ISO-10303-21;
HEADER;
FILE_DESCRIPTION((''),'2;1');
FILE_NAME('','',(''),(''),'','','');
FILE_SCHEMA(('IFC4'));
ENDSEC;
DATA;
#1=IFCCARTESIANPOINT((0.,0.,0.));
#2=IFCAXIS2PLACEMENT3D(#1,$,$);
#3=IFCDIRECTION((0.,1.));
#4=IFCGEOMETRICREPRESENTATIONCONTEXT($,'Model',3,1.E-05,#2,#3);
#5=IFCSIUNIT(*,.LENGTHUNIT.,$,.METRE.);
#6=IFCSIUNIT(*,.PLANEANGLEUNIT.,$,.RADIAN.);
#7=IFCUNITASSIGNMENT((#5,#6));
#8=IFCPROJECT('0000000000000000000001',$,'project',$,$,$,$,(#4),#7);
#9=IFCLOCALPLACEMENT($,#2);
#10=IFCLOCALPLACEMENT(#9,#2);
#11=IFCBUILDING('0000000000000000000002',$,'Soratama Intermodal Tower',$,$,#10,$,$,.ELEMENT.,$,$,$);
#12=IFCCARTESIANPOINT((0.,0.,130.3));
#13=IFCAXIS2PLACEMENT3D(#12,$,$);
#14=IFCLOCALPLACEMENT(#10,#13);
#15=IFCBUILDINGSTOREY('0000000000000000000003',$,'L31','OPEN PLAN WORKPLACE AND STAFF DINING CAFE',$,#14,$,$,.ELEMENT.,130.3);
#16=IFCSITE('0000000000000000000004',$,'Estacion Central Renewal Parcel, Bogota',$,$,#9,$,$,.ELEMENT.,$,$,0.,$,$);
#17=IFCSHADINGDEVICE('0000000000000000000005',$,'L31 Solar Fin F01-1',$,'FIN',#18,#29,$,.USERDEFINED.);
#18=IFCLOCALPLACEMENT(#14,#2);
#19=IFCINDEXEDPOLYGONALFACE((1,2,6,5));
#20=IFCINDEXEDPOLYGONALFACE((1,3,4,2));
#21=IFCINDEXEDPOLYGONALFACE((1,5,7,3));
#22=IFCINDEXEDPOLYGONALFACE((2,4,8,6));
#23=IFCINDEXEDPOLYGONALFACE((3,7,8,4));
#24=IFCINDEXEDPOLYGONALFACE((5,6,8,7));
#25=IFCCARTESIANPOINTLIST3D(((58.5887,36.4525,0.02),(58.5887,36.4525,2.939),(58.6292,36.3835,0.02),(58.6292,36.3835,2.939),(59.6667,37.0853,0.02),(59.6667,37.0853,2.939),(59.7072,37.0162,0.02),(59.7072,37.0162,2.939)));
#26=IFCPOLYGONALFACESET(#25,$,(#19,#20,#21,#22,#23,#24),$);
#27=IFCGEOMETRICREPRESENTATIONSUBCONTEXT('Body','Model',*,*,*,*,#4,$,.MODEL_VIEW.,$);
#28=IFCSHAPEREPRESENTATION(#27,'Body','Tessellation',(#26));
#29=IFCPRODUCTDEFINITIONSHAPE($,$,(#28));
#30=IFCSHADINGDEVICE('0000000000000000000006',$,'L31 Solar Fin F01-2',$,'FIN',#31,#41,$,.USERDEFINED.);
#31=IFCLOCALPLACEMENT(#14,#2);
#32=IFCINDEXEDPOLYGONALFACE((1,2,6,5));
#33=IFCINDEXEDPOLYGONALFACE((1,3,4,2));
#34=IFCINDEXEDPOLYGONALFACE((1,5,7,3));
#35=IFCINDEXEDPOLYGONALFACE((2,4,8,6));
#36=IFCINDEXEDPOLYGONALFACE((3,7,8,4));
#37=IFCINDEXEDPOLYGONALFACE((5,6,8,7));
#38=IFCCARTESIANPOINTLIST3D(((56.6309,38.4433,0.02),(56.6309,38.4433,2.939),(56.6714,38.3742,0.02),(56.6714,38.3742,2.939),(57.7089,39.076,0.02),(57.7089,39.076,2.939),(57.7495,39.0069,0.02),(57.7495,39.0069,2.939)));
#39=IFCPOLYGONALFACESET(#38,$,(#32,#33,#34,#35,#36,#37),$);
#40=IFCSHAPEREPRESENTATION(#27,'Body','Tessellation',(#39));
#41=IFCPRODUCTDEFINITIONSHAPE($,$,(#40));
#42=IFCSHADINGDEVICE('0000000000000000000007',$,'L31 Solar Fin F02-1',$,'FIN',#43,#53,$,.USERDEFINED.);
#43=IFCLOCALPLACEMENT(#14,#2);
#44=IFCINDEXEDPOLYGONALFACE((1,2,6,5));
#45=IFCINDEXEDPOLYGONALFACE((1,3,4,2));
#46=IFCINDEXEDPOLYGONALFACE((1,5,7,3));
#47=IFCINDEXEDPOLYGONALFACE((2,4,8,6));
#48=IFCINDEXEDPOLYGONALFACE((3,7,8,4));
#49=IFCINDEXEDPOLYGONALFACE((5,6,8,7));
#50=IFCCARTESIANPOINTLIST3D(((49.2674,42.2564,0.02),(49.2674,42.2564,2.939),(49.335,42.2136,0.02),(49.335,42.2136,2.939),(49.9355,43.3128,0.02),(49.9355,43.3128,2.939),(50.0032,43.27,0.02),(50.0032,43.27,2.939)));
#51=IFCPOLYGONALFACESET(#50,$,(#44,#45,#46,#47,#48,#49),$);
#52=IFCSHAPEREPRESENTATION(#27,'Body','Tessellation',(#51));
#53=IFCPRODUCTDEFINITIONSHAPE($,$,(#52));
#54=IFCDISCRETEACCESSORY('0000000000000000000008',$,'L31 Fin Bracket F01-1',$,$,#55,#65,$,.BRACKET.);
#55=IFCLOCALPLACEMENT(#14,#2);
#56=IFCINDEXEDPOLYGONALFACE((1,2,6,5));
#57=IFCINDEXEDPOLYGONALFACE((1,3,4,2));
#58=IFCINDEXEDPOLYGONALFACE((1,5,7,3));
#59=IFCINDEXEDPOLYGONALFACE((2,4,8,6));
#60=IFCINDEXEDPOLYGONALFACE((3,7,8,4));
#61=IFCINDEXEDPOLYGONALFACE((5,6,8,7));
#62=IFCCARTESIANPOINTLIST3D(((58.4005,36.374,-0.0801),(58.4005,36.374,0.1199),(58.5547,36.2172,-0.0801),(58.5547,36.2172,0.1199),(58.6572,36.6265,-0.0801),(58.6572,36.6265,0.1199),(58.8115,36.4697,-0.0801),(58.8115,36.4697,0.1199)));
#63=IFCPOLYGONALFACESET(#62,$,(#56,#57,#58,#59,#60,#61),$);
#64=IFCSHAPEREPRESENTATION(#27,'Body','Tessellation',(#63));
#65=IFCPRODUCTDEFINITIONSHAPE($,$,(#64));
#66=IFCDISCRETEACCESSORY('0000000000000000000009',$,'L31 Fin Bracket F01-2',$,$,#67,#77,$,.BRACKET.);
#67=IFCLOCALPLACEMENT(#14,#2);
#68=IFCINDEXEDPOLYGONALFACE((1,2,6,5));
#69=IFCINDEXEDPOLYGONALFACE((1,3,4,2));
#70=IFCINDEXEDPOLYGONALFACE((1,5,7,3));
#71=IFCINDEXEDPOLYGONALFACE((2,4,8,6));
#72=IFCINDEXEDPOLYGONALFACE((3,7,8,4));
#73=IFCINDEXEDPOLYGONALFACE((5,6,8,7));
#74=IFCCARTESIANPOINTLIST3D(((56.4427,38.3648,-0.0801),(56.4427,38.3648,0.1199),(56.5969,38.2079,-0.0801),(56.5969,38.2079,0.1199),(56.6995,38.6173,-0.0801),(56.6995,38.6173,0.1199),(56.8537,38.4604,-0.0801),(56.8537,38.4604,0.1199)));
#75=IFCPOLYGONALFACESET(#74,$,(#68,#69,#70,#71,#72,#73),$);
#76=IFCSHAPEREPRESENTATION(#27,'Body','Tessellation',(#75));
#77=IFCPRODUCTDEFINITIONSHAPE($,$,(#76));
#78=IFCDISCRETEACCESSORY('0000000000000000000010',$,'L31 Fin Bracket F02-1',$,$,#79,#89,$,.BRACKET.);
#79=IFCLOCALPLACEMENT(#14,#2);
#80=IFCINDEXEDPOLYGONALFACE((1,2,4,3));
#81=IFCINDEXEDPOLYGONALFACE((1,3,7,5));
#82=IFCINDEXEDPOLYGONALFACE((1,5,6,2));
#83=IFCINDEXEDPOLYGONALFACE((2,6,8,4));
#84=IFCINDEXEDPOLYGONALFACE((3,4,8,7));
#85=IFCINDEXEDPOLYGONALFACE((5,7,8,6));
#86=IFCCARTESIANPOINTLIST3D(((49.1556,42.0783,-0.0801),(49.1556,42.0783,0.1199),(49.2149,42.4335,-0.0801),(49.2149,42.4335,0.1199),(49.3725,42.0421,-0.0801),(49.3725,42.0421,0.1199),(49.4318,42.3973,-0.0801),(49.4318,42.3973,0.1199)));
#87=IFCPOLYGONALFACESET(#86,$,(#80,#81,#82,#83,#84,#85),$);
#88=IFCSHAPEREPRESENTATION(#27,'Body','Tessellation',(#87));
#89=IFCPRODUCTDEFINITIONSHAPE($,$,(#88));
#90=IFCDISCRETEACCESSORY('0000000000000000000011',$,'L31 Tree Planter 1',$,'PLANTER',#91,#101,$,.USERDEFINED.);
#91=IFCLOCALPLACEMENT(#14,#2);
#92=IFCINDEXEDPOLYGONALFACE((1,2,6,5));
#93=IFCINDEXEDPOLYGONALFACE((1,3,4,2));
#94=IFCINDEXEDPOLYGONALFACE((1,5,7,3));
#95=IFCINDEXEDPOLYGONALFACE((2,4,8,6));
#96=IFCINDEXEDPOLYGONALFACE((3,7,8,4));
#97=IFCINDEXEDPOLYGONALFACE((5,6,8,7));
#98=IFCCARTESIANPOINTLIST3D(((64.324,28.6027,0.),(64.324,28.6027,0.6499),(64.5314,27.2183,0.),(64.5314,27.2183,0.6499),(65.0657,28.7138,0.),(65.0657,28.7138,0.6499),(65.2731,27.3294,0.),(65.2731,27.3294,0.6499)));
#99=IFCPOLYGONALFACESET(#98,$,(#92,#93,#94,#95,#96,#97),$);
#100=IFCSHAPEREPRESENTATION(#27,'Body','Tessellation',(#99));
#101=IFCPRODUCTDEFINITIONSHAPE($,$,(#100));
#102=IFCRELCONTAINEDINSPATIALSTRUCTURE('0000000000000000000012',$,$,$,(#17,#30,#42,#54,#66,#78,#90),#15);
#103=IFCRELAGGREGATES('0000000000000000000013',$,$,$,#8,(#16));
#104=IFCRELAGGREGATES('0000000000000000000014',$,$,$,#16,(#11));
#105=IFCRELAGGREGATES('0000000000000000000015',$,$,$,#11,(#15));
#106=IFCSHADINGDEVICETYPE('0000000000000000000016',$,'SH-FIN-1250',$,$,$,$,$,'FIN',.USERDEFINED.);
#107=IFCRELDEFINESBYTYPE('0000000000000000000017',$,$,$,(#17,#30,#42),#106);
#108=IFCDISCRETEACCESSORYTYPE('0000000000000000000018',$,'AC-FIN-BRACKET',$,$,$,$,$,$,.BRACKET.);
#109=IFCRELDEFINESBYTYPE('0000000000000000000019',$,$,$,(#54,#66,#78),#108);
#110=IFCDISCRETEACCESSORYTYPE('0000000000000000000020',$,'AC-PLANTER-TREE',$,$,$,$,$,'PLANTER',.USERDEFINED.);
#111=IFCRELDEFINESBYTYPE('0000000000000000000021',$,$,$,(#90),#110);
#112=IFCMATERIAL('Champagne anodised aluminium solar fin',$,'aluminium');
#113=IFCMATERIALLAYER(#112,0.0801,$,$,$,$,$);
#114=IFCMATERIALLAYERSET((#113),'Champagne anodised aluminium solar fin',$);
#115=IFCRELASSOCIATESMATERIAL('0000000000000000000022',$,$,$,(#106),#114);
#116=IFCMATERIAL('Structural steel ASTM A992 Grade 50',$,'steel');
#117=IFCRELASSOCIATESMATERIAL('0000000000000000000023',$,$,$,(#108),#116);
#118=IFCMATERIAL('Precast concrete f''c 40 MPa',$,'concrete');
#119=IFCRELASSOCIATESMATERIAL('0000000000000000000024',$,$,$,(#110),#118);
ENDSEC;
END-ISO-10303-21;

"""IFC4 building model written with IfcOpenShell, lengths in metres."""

from ifc_helpers import new_model, si_unit, direction, frame, origin, origin_2d, place, context, subcontext, project, spatial, rectangle, extrude, material, layer, layer_set, type_object, element, save


model = new_model("IFC4")

# Units and contexts
model_context = context("Model", 3, precision=1e-05, world=origin(), true_north=direction((0.0, 1.0)))
body_context = subcontext(model_context, "Body", "Model", "MODEL_VIEW")
ifc_project = project(units=[si_unit("LENGTHUNIT", "METRE"), si_unit("PLANEANGLEUNIT", "RADIAN")], contexts=[model_context])

# Site, building, storey
site_placement = place(None, origin())
site = spatial("IfcSite", under=ifc_project, at=site_placement, Name="Estacion Central Renewal Parcel, Bogota", CompositionType="ELEMENT", RefElevation=0.0)
building_placement = place(site_placement, origin())
building = spatial("IfcBuilding", under=site, at=building_placement, Name="Soratama Intermodal Tower", CompositionType="ELEMENT")
storey_placement = place(building_placement, frame((0.0, 0.0, 130.3)))
storey = spatial("IfcBuildingStorey", under=building, at=storey_placement, Name="L31", Description="OPEN PLAN WORKPLACE AND STAFF DINING CAFE", CompositionType="ELEMENT", Elevation=130.3)

# Shading devices
ifc_material_1 = material(Name="Champagne anodised aluminium solar fin", Category="aluminium")
ifc_layer_1 = layer(ifc_material_1, 0.0801)
ifc_layer_set_1 = layer_set([ifc_layer_1], Name="Champagne anodised aluminium solar fin")
shading_device_type = type_object("IfcShadingDeviceType", Name="SH-FIN-1250", ElementType="FIN", PredefinedType="USERDEFINED", material=ifc_layer_set_1)
for number, where, z_axis, x_axis, name in (
    (1, (59.1479, 36.7344, 0.02), (0.0, 0.0, 1.0), (0.862425, 0.506184, 0.0), "L31 Solar Fin F01-1"),
    (2, (57.1902, 38.7251, 0.02), (0.0, 0.0, 1.0), (0.862425, 0.506184, 0.0), "L31 Solar Fin F01-2"),
    (3, (49.6353, 42.7632, 0.02), (0.0, 0.0, 1.0), (0.5345, 0.845169, 0.0), "L31 Solar Fin F02-1"),
):
    element("IfcShadingDevice", number, at=place(storey_placement, frame(where, z_axis=z_axis, x_axis=x_axis)), inside=storey, type_object=shading_device_type, Name=name, ObjectType="FIN", PredefinedType="USERDEFINED", context=body_context, shape_type="SweptSolid", body=[
        extrude(rectangle(XDim=1.25, YDim=0.0801, at=origin_2d()), origin(), (0.0, 0.0, 1.0), 2.9189),
    ])

# Discrete accessories
ifc_material_2 = material(Name="Structural steel ASTM A992 Grade 50", Category="steel")
discrete_accessory_type_1 = type_object("IfcDiscreteAccessoryType", Name="AC-FIN-BRACKET", PredefinedType="BRACKET", material=ifc_material_2)
for number, where, z_axis, x_axis, name in (
    (4, (58.606, 36.4219, -0.0801), (0.0, 0.0, 1.0), (0.713006, 0.701158, 0.0), "L31 Fin Bracket F01-1"),
    (5, (56.6482, 38.4126, -0.0801), (0.0, 0.0, 1.0), (0.713006, 0.701158, 0.0), "L31 Fin Bracket F01-2"),
    (6, (49.2937, 42.2378, -0.0801), (0.0, 0.0, 1.0), (0.164703, 0.986343, 0.0), "L31 Fin Bracket F02-1"),
):
    element("IfcDiscreteAccessory", number, at=place(storey_placement, frame(where, z_axis=z_axis, x_axis=x_axis)), inside=storey, type_object=discrete_accessory_type_1, Name=name, PredefinedType="BRACKET", context=body_context, shape_type="SweptSolid", body=[
        extrude(rectangle(XDim=0.3601, YDim=0.22, at=origin_2d()), origin(), (0.0, 0.0, 1.0), 0.2),
    ])
ifc_material_3 = material(Name="Precast concrete f'c 40 MPa", Category="concrete")
discrete_accessory_type_2 = type_object("IfcDiscreteAccessoryType", Name="AC-PLANTER-TREE", ElementType="PLANTER", PredefinedType="USERDEFINED", material=ifc_material_3)
discrete_accessory_placement = place(storey_placement, frame((64.7986, 27.9661, 0.0), z_axis=(0.0, 0.0, 1.0), x_axis=(0.988964, 0.148155, 0.0)))
element("IfcDiscreteAccessory", 7, at=discrete_accessory_placement, inside=storey, type_object=discrete_accessory_type_2, Name="L31 Tree Planter 1", ObjectType="PLANTER", PredefinedType="USERDEFINED", context=body_context, shape_type="SweptSolid", body=[
    extrude(rectangle(XDim=0.75, YDim=1.3999, at=origin_2d()), origin(), (0.0, 0.0, 1.0), 0.6499),
])

save(model, "model.ifc")
